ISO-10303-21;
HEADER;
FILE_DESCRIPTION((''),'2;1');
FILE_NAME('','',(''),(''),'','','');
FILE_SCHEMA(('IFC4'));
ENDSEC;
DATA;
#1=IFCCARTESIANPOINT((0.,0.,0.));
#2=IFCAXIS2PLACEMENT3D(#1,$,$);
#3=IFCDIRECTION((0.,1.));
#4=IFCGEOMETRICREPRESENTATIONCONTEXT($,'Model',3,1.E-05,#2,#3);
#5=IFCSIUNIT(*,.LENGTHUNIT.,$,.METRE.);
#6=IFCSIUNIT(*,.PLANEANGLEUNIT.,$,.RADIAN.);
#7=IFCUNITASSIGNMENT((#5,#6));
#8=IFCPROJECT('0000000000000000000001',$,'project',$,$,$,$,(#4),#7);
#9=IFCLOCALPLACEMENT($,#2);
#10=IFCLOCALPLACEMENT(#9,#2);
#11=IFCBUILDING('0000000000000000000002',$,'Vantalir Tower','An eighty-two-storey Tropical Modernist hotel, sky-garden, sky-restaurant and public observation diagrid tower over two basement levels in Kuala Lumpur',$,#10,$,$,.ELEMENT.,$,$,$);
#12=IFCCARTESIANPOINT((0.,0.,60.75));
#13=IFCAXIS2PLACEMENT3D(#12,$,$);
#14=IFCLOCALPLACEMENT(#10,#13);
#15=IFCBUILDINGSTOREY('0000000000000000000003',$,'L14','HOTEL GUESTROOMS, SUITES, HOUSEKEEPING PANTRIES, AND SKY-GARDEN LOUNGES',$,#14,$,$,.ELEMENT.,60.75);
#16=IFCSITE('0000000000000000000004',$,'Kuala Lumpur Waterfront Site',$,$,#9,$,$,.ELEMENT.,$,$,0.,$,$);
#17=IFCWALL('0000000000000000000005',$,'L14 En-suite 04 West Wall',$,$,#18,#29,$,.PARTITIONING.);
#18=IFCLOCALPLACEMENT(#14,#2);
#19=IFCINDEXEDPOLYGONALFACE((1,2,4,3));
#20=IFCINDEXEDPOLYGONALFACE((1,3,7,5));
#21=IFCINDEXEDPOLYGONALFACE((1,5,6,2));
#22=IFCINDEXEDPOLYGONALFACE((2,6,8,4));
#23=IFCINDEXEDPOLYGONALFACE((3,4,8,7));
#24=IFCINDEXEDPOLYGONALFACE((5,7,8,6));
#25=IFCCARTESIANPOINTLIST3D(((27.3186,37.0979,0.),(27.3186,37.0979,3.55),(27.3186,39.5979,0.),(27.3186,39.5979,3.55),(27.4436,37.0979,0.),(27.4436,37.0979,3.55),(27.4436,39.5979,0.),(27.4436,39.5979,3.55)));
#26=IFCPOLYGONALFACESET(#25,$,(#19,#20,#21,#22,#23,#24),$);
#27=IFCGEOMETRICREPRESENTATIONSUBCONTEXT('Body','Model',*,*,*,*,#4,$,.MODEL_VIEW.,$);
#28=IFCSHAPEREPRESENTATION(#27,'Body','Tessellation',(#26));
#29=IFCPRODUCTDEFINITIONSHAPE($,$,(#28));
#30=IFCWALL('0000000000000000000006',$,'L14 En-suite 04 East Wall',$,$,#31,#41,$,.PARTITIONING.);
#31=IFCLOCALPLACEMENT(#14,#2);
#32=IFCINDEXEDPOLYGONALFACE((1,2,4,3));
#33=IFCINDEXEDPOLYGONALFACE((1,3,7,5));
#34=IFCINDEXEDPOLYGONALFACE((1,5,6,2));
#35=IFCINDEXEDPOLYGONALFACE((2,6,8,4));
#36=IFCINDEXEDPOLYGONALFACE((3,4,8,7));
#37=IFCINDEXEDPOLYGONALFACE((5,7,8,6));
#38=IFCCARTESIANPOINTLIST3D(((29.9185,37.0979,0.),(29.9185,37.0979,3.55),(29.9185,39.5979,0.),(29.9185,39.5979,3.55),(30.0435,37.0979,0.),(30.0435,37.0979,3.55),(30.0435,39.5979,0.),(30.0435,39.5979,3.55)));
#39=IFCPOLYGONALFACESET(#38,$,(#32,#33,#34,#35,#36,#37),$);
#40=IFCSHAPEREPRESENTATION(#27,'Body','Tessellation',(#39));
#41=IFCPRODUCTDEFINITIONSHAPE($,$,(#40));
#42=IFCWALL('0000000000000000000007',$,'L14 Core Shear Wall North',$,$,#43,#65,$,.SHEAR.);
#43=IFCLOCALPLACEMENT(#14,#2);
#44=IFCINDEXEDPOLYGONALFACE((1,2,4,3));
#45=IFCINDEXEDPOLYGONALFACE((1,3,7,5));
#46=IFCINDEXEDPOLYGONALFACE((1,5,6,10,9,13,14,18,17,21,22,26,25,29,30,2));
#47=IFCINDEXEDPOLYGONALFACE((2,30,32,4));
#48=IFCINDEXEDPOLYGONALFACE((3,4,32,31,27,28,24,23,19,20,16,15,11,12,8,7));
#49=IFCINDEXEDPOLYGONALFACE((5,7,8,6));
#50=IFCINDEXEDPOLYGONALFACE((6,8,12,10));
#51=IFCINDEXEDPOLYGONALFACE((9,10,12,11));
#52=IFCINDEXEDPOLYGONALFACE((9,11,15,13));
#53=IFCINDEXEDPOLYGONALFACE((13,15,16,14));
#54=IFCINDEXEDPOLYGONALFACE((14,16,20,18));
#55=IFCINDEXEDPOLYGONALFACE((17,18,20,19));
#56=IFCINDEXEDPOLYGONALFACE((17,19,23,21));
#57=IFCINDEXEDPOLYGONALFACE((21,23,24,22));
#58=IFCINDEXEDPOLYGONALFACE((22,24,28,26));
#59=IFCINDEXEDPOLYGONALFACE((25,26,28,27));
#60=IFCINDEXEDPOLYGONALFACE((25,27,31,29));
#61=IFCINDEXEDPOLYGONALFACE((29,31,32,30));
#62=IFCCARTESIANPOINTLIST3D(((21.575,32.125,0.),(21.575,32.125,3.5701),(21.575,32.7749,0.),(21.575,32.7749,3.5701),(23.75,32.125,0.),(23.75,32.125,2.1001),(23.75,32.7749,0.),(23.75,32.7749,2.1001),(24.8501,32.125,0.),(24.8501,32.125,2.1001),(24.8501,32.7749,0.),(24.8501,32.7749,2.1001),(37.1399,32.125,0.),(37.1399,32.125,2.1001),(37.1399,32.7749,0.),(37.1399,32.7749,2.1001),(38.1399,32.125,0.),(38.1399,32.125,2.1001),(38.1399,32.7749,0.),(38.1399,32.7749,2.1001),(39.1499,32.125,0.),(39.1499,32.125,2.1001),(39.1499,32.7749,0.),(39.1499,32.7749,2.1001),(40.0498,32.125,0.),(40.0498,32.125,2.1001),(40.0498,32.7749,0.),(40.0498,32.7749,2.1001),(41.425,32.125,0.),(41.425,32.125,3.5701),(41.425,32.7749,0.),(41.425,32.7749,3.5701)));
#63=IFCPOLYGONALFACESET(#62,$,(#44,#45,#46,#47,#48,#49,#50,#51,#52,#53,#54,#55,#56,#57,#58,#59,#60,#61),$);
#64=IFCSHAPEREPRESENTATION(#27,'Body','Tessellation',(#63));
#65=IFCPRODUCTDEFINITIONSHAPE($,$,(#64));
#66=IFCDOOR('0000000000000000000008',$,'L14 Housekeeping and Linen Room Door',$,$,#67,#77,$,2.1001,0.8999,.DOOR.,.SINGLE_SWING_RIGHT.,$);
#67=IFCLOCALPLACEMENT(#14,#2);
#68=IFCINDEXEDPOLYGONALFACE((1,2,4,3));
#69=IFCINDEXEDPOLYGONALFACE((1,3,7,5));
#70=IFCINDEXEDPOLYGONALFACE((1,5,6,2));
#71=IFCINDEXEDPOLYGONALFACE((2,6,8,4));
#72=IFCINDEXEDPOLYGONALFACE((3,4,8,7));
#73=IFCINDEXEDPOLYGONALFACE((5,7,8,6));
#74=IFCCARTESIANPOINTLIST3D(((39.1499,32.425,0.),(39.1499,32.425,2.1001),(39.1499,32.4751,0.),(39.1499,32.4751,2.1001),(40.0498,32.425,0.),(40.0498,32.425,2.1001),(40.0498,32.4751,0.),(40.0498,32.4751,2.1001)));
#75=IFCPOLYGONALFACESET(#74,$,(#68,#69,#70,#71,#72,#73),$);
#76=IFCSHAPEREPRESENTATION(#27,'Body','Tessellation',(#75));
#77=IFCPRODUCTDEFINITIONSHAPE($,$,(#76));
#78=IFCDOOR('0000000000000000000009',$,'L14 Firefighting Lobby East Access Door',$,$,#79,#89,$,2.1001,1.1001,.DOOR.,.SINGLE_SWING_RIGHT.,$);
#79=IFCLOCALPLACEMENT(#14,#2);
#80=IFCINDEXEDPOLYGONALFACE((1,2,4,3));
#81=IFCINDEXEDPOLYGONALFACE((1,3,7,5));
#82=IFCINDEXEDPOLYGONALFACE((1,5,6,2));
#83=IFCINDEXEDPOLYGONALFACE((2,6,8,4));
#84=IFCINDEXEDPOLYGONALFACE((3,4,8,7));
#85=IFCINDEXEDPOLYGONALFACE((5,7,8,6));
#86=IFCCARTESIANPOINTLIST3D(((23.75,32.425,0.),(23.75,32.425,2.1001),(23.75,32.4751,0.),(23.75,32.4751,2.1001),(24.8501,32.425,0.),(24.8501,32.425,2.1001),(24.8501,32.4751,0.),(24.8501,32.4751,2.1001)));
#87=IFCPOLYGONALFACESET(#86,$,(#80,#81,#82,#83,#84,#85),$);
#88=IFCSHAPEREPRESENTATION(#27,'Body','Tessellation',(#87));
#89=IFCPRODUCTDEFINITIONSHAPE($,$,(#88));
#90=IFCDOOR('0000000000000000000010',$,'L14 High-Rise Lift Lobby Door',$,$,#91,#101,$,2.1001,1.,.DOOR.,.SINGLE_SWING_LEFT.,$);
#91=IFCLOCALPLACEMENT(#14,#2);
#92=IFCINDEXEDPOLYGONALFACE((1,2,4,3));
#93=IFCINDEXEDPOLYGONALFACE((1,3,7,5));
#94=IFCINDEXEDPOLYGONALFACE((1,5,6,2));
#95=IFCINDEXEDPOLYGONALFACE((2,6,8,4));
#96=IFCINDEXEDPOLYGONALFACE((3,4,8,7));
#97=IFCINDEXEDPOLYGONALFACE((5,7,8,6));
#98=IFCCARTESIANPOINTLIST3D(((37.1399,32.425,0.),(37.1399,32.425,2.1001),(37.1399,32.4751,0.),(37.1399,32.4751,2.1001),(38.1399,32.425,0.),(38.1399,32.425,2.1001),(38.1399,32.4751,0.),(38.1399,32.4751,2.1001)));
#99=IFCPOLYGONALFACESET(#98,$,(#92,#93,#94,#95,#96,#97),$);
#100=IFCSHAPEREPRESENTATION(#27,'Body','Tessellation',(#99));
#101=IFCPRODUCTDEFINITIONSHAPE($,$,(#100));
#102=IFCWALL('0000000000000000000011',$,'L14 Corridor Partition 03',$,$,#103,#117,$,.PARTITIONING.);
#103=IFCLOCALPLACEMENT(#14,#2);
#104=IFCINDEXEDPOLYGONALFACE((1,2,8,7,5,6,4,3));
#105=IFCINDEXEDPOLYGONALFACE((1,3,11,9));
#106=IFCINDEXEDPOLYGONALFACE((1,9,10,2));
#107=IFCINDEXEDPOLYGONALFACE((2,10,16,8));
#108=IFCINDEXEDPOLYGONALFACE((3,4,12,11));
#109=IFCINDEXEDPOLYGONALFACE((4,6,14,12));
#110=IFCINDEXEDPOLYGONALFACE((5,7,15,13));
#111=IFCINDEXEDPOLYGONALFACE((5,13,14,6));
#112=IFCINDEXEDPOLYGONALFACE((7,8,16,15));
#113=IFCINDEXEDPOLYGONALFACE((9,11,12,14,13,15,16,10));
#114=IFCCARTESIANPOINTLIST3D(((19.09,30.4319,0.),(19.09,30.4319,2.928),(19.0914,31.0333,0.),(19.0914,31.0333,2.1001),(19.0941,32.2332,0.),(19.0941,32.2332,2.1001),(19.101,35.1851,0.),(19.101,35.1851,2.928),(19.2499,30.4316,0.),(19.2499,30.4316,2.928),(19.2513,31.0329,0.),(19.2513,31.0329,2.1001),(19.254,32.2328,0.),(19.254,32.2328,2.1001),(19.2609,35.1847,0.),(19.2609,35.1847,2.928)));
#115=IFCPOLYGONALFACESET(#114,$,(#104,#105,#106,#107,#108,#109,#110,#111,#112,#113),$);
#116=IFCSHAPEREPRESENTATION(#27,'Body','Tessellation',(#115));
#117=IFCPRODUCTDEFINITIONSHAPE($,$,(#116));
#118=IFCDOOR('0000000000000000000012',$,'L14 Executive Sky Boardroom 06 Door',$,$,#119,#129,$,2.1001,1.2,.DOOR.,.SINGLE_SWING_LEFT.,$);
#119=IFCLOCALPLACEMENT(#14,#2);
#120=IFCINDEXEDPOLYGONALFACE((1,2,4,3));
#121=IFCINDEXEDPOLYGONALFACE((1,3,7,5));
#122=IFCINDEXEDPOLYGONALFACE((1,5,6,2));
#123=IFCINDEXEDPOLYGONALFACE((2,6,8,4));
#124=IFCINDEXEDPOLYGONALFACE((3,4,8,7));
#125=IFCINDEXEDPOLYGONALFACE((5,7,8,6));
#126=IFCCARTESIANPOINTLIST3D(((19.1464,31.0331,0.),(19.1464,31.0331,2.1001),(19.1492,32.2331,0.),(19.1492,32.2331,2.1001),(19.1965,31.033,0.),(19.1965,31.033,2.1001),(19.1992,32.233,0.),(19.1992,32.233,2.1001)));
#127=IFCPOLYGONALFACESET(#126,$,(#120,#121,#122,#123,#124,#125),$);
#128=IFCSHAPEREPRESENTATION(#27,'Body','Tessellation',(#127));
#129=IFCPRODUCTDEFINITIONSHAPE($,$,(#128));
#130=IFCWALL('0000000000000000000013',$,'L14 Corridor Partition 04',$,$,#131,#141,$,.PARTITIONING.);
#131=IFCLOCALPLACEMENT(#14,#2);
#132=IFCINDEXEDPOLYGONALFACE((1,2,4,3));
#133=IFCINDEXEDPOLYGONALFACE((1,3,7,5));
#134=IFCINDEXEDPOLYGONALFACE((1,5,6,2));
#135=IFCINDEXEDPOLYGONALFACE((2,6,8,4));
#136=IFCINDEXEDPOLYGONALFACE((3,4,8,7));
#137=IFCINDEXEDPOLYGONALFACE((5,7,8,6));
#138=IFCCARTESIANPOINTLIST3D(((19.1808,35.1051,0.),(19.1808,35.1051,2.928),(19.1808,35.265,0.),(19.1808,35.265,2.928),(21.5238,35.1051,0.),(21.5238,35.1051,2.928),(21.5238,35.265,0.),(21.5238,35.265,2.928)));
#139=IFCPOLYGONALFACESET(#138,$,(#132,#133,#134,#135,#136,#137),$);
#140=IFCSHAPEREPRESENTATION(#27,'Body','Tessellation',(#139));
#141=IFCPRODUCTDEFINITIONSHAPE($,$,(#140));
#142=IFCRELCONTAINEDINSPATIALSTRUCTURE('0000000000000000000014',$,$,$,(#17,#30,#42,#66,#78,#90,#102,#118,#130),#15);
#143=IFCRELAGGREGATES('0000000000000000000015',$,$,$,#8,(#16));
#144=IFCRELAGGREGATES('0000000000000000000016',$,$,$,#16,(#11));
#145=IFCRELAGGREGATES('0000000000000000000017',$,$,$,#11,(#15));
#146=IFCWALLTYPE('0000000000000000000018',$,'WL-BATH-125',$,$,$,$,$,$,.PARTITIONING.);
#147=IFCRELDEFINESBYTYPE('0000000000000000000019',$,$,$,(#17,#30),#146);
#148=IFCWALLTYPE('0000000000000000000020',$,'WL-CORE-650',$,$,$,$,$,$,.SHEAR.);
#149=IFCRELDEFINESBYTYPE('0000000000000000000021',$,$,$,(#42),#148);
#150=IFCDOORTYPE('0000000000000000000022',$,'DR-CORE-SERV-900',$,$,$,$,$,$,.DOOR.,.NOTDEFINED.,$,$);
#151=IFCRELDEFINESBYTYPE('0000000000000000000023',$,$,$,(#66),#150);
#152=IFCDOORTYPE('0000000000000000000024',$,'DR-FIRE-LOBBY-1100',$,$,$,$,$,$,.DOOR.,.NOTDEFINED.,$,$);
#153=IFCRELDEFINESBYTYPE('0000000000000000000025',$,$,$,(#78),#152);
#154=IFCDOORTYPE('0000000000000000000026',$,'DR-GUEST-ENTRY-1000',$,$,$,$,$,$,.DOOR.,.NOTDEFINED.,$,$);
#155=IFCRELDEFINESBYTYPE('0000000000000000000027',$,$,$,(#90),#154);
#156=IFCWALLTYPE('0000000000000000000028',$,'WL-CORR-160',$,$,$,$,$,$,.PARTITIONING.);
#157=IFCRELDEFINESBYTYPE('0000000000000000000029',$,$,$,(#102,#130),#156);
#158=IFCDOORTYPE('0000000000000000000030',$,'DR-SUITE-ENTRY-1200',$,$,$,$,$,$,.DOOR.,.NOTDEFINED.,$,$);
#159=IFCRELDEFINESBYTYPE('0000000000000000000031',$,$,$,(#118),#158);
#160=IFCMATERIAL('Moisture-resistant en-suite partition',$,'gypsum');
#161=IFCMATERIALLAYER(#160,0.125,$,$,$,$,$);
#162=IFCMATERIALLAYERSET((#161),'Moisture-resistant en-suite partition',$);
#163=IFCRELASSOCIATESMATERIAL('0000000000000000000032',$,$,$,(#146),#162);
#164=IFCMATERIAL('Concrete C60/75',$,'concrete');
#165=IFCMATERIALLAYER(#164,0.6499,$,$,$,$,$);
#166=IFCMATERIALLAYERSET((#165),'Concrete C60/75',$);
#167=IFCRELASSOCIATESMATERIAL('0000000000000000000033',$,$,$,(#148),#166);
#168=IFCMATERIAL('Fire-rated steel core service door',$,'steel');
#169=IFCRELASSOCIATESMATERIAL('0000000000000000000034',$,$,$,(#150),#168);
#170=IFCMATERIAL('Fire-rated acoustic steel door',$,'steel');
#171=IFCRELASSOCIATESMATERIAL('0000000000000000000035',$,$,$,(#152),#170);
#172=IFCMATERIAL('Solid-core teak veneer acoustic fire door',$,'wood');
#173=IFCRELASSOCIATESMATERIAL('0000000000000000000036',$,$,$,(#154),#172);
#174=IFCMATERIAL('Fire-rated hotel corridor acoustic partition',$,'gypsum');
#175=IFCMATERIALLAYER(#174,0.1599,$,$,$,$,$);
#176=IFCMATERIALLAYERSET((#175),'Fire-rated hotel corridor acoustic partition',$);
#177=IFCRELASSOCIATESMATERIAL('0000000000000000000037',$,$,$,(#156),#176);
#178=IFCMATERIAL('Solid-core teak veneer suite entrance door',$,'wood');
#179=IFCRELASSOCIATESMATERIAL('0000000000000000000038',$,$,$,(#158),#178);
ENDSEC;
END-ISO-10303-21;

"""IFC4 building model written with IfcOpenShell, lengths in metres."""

from ifc_helpers import new_model, si_unit, direction, frame, frame_2d, origin, place, context, subcontext, project, spatial, rectangle, extrude, material, layer, layer_set, type_object, element, fill, save


model = new_model("IFC4")

# Units and contexts
model_context = context("Model", 3, precision=1e-05, world=origin(), true_north=direction((0.0, 1.0)))
body_context = subcontext(model_context, "Body", "Model", "MODEL_VIEW")
ifc_project = project(units=[si_unit("LENGTHUNIT", "METRE"), si_unit("PLANEANGLEUNIT", "RADIAN")], contexts=[model_context])

# Site, building, storey
site_placement = place(None, origin())
site = spatial("IfcSite", under=ifc_project, at=site_placement, Name="Kuala Lumpur Waterfront Site", CompositionType="ELEMENT", RefElevation=0.0)
building_placement = place(site_placement, origin())
building = spatial("IfcBuilding", under=site, at=building_placement, Name="Vantalir Tower", Description="An eighty-two-storey Tropical Modernist hotel, sky-garden, sky-restaurant and public observation diagrid tower over two basement levels in Kuala Lumpur", CompositionType="ELEMENT")
storey_placement = place(building_placement, frame((0.0, 0.0, 60.75)))
storey = spatial("IfcBuildingStorey", under=building, at=storey_placement, Name="L14", Description="HOTEL GUESTROOMS, SUITES, HOUSEKEEPING PANTRIES, AND SKY-GARDEN LOUNGES", CompositionType="ELEMENT", Elevation=60.75)

# Shared definitions
ifc_material_1 = material(Name="Concrete C60/75", Category="concrete")

# Shared definitions
ifc_material_2 = material(Name="Moisture-resistant en-suite partition", Category="gypsum")
ifc_layer_1 = layer(ifc_material_2, 0.125)
ifc_layer_set_1 = layer_set([ifc_layer_1], Name="Moisture-resistant en-suite partition")
wall_type_1 = type_object("IfcWallType", Name="WL-BATH-125", PredefinedType="PARTITIONING", material=ifc_layer_set_1)

# Walls
for number, where, z_axis, x_axis, name in (
    (1, (27.3811, 37.0979, 0.0), (0.0, 0.0, 1.0), (0.0, 1.0, 0.0), "L14 En-suite 04 West Wall"),
    (2, (29.981, 37.0979, 0.0), (0.0, 0.0, 1.0), (0.0, 1.0, 0.0), "L14 En-suite 04 East Wall"),
):
    element("IfcWall", number, at=place(storey_placement, frame(where, z_axis=z_axis, x_axis=x_axis)), inside=storey, type_object=wall_type_1, Name=name, PredefinedType="PARTITIONING", context=body_context, shape_type="SweptSolid", body=[
        extrude(rectangle(XDim=2.5, YDim=0.125, at=frame_2d((1.25, 0.0))), origin(), (0.0, 0.0, 1.0), 3.55),
    ])

# Wall, openings, doors
ifc_layer_2 = layer(ifc_material_1, 0.6499)
ifc_layer_set_2 = layer_set([ifc_layer_2], Name="Concrete C60/75")
wall_type_2 = type_object("IfcWallType", Name="WL-CORE-650", PredefinedType="SHEAR", material=ifc_layer_set_2)
wall_1_placement = place(storey_placement, frame((21.575, 32.45, 0.0), z_axis=(0.0, 0.0, 1.0), x_axis=(1.0, 0.0, 0.0)))
wall_1 = element("IfcWall", 3, at=wall_1_placement, inside=storey, type_object=wall_type_2, Name="L14 Core Shear Wall North", PredefinedType="SHEAR", context=body_context, shape_type="SweptSolid", body=[
    extrude(rectangle(XDim=19.8501, YDim=0.6499, at=frame_2d((9.925, 0.0))), origin(), (0.0, 0.0, 1.0), 3.5701),
])
opening_1_placement = place(wall_1_placement, frame((2.175, 0.0, 0.0)))
opening_1 = element("IfcOpeningElement", 4, at=opening_1_placement, cuts=wall_1, PredefinedType="OPENING", context=body_context, shape_type="SweptSolid", body=[
    extrude(rectangle(XDim=1.1001, YDim=2.1001, at=frame_2d((0.55, 1.05))), frame((0.0, 0.335, 0.0), z_axis=(0.0, -1.0, 0.0), x_axis=(1.0, 0.0, 0.0)), (0.0, 0.0, 1.0), 0.6699),
])
opening_2_placement = place(wall_1_placement, frame((15.5649, 0.0, 0.0)))
opening_2 = element("IfcOpeningElement", 5, at=opening_2_placement, cuts=wall_1, PredefinedType="OPENING", context=body_context, shape_type="SweptSolid", body=[
    extrude(rectangle(XDim=1.0, YDim=2.1001, at=frame_2d((0.5, 1.05))), frame((0.0, 0.335, 0.0), z_axis=(0.0, -1.0, 0.0), x_axis=(1.0, 0.0, 0.0)), (0.0, 0.0, 1.0), 0.6699),
])
opening_3_placement = place(wall_1_placement, frame((17.575, 0.0, 0.0)))
opening_3 = element("IfcOpeningElement", 6, at=opening_3_placement, cuts=wall_1, PredefinedType="OPENING", context=body_context, shape_type="SweptSolid", body=[
    extrude(rectangle(XDim=0.8999, YDim=2.1001, at=frame_2d((0.45, 1.05))), frame((0.0, 0.335, 0.0), z_axis=(0.0, -1.0, 0.0), x_axis=(1.0, 0.0, 0.0)), (0.0, 0.0, 1.0), 0.6699),
])
ifc_material_3 = material(Name="Fire-rated steel core service door", Category="steel")
door_type_1 = type_object("IfcDoorType", Name="DR-CORE-SERV-900", OperationType="NOTDEFINED", PredefinedType="DOOR", material=ifc_material_3)
door_1_placement = place(opening_3_placement, frame((0.8999, 0.0, 0.0), z_axis=(0.0, 0.0, 1.0), x_axis=(-1.0, 0.0, 0.0)))
door_1 = element("IfcDoor", 7, at=door_1_placement, inside=storey, type_object=door_type_1, Name="L14 Housekeeping and Linen Room Door", OperationType="SINGLE_SWING_RIGHT", OverallHeight=2.1001, OverallWidth=0.8999, PredefinedType="DOOR", context=body_context, shape_type="SweptSolid", body=[
    extrude(rectangle(XDim=0.8999, YDim=2.1001, at=frame_2d((0.45, 1.05))), frame((0.0, 0.0249, 0.0), z_axis=(0.0, -1.0, 0.0), x_axis=(1.0, 0.0, 0.0)), (0.0, 0.0, 1.0), 0.05),
])
fill(opening_3, door_1)
ifc_material_4 = material(Name="Fire-rated acoustic steel door", Category="steel")
door_type_2 = type_object("IfcDoorType", Name="DR-FIRE-LOBBY-1100", OperationType="NOTDEFINED", PredefinedType="DOOR", material=ifc_material_4)
door_2_placement = place(opening_1_placement, frame((1.1001, 0.0, 0.0), z_axis=(0.0, 0.0, 1.0), x_axis=(-1.0, 0.0, 0.0)))
door_2 = element("IfcDoor", 8, at=door_2_placement, inside=storey, type_object=door_type_2, Name="L14 Firefighting Lobby East Access Door", OperationType="SINGLE_SWING_RIGHT", OverallHeight=2.1001, OverallWidth=1.1001, PredefinedType="DOOR", context=body_context, shape_type="SweptSolid", body=[
    extrude(rectangle(XDim=1.1001, YDim=2.1001, at=frame_2d((0.55, 1.05))), frame((0.0, 0.0249, 0.0), z_axis=(0.0, -1.0, 0.0), x_axis=(1.0, 0.0, 0.0)), (0.0, 0.0, 1.0), 0.05),
])
fill(opening_1, door_2)
ifc_material_5 = material(Name="Solid-core teak veneer acoustic fire door", Category="wood")
door_type_3 = type_object("IfcDoorType", Name="DR-GUEST-ENTRY-1000", OperationType="NOTDEFINED", PredefinedType="DOOR", material=ifc_material_5)
door_3_placement = place(opening_2_placement, frame((1.0, 0.0, 0.0), z_axis=(0.0, 0.0, 1.0), x_axis=(-1.0, 0.0, 0.0)))
door_3 = element("IfcDoor", 9, at=door_3_placement, inside=storey, type_object=door_type_3, Name="L14 High-Rise Lift Lobby Door", OperationType="SINGLE_SWING_LEFT", OverallHeight=2.1001, OverallWidth=1.0, PredefinedType="DOOR", context=body_context, shape_type="SweptSolid", body=[
    extrude(rectangle(XDim=1.0, YDim=2.1001, at=frame_2d((0.5, 1.05))), frame((0.0, 0.0249, 0.0), z_axis=(0.0, -1.0, 0.0), x_axis=(1.0, 0.0, 0.0)), (0.0, 0.0, 1.0), 0.05),
])
fill(opening_2, door_3)

# Wall, opening, door
ifc_material_6 = material(Name="Fire-rated hotel corridor acoustic partition", Category="gypsum")
ifc_layer_3 = layer(ifc_material_6, 0.1599)
ifc_layer_set_3 = layer_set([ifc_layer_3], Name="Fire-rated hotel corridor acoustic partition")
wall_type_3 = type_object("IfcWallType", Name="WL-CORR-160", PredefinedType="PARTITIONING", material=ifc_layer_set_3)
wall_2_placement = place(storey_placement, frame((19.1699, 30.4319, 0.0), z_axis=(0.0, 0.0, 1.0), x_axis=(0.002311, 0.999997, 0.0)))
wall_2 = element("IfcWall", 10, at=wall_2_placement, inside=storey, type_object=wall_type_3, Name="L14 Corridor Partition 03", PredefinedType="PARTITIONING", context=body_context, shape_type="SweptSolid", body=[
    extrude(rectangle(XDim=4.7532, YDim=0.1599, at=frame_2d((2.3765, 0.0))), origin(), (0.0, 0.0, 1.0), 2.928),
])
opening_4_placement = place(wall_2_placement, frame((0.6011, 0.0, 0.0)))
opening_4 = element("IfcOpeningElement", 11, at=opening_4_placement, cuts=wall_2, PredefinedType="OPENING", context=body_context, shape_type="SweptSolid", body=[
    extrude(rectangle(XDim=1.2, YDim=2.1001, at=frame_2d((0.6001, 1.05))), frame((0.0, 0.0898, 0.0), z_axis=(0.0, -1.0, 0.0), x_axis=(1.0, 0.0, 0.0)), (0.0, 0.0, 1.0), 0.1799),
])
ifc_material_7 = material(Name="Solid-core teak veneer suite entrance door", Category="wood")
door_type_4 = type_object("IfcDoorType", Name="DR-SUITE-ENTRY-1200", OperationType="NOTDEFINED", PredefinedType="DOOR", material=ifc_material_7)
door_4_placement = place(opening_4_placement, origin())
door_4 = element("IfcDoor", 12, at=door_4_placement, inside=storey, type_object=door_type_4, Name="L14 Executive Sky Boardroom 06 Door", OperationType="SINGLE_SWING_LEFT", OverallHeight=2.1001, OverallWidth=1.2, PredefinedType="DOOR", context=body_context, shape_type="SweptSolid", body=[
    extrude(rectangle(XDim=1.2, YDim=2.1001, at=frame_2d((0.6001, 1.05))), frame((0.0, 0.0249, 0.0), z_axis=(0.0, -1.0, 0.0), x_axis=(1.0, 0.0, 0.0)), (0.0, 0.0, 1.0), 0.05),
])
fill(opening_4, door_4)

# Wall
wall_3_placement = place(storey_placement, frame((19.1809, 35.1851, 0.0), z_axis=(0.0, 0.0, 1.0), x_axis=(1.0, 0.0, 0.0)))
element("IfcWall", 13, at=wall_3_placement, inside=storey, type_object=wall_type_3, Name="L14 Corridor Partition 04", PredefinedType="PARTITIONING", context=body_context, shape_type="SweptSolid", body=[
    extrude(rectangle(XDim=2.343, YDim=0.1599, at=frame_2d((1.1714, 0.0))), origin(), (0.0, 0.0, 1.0), 2.928),
])

save(model, "model.ifc")
